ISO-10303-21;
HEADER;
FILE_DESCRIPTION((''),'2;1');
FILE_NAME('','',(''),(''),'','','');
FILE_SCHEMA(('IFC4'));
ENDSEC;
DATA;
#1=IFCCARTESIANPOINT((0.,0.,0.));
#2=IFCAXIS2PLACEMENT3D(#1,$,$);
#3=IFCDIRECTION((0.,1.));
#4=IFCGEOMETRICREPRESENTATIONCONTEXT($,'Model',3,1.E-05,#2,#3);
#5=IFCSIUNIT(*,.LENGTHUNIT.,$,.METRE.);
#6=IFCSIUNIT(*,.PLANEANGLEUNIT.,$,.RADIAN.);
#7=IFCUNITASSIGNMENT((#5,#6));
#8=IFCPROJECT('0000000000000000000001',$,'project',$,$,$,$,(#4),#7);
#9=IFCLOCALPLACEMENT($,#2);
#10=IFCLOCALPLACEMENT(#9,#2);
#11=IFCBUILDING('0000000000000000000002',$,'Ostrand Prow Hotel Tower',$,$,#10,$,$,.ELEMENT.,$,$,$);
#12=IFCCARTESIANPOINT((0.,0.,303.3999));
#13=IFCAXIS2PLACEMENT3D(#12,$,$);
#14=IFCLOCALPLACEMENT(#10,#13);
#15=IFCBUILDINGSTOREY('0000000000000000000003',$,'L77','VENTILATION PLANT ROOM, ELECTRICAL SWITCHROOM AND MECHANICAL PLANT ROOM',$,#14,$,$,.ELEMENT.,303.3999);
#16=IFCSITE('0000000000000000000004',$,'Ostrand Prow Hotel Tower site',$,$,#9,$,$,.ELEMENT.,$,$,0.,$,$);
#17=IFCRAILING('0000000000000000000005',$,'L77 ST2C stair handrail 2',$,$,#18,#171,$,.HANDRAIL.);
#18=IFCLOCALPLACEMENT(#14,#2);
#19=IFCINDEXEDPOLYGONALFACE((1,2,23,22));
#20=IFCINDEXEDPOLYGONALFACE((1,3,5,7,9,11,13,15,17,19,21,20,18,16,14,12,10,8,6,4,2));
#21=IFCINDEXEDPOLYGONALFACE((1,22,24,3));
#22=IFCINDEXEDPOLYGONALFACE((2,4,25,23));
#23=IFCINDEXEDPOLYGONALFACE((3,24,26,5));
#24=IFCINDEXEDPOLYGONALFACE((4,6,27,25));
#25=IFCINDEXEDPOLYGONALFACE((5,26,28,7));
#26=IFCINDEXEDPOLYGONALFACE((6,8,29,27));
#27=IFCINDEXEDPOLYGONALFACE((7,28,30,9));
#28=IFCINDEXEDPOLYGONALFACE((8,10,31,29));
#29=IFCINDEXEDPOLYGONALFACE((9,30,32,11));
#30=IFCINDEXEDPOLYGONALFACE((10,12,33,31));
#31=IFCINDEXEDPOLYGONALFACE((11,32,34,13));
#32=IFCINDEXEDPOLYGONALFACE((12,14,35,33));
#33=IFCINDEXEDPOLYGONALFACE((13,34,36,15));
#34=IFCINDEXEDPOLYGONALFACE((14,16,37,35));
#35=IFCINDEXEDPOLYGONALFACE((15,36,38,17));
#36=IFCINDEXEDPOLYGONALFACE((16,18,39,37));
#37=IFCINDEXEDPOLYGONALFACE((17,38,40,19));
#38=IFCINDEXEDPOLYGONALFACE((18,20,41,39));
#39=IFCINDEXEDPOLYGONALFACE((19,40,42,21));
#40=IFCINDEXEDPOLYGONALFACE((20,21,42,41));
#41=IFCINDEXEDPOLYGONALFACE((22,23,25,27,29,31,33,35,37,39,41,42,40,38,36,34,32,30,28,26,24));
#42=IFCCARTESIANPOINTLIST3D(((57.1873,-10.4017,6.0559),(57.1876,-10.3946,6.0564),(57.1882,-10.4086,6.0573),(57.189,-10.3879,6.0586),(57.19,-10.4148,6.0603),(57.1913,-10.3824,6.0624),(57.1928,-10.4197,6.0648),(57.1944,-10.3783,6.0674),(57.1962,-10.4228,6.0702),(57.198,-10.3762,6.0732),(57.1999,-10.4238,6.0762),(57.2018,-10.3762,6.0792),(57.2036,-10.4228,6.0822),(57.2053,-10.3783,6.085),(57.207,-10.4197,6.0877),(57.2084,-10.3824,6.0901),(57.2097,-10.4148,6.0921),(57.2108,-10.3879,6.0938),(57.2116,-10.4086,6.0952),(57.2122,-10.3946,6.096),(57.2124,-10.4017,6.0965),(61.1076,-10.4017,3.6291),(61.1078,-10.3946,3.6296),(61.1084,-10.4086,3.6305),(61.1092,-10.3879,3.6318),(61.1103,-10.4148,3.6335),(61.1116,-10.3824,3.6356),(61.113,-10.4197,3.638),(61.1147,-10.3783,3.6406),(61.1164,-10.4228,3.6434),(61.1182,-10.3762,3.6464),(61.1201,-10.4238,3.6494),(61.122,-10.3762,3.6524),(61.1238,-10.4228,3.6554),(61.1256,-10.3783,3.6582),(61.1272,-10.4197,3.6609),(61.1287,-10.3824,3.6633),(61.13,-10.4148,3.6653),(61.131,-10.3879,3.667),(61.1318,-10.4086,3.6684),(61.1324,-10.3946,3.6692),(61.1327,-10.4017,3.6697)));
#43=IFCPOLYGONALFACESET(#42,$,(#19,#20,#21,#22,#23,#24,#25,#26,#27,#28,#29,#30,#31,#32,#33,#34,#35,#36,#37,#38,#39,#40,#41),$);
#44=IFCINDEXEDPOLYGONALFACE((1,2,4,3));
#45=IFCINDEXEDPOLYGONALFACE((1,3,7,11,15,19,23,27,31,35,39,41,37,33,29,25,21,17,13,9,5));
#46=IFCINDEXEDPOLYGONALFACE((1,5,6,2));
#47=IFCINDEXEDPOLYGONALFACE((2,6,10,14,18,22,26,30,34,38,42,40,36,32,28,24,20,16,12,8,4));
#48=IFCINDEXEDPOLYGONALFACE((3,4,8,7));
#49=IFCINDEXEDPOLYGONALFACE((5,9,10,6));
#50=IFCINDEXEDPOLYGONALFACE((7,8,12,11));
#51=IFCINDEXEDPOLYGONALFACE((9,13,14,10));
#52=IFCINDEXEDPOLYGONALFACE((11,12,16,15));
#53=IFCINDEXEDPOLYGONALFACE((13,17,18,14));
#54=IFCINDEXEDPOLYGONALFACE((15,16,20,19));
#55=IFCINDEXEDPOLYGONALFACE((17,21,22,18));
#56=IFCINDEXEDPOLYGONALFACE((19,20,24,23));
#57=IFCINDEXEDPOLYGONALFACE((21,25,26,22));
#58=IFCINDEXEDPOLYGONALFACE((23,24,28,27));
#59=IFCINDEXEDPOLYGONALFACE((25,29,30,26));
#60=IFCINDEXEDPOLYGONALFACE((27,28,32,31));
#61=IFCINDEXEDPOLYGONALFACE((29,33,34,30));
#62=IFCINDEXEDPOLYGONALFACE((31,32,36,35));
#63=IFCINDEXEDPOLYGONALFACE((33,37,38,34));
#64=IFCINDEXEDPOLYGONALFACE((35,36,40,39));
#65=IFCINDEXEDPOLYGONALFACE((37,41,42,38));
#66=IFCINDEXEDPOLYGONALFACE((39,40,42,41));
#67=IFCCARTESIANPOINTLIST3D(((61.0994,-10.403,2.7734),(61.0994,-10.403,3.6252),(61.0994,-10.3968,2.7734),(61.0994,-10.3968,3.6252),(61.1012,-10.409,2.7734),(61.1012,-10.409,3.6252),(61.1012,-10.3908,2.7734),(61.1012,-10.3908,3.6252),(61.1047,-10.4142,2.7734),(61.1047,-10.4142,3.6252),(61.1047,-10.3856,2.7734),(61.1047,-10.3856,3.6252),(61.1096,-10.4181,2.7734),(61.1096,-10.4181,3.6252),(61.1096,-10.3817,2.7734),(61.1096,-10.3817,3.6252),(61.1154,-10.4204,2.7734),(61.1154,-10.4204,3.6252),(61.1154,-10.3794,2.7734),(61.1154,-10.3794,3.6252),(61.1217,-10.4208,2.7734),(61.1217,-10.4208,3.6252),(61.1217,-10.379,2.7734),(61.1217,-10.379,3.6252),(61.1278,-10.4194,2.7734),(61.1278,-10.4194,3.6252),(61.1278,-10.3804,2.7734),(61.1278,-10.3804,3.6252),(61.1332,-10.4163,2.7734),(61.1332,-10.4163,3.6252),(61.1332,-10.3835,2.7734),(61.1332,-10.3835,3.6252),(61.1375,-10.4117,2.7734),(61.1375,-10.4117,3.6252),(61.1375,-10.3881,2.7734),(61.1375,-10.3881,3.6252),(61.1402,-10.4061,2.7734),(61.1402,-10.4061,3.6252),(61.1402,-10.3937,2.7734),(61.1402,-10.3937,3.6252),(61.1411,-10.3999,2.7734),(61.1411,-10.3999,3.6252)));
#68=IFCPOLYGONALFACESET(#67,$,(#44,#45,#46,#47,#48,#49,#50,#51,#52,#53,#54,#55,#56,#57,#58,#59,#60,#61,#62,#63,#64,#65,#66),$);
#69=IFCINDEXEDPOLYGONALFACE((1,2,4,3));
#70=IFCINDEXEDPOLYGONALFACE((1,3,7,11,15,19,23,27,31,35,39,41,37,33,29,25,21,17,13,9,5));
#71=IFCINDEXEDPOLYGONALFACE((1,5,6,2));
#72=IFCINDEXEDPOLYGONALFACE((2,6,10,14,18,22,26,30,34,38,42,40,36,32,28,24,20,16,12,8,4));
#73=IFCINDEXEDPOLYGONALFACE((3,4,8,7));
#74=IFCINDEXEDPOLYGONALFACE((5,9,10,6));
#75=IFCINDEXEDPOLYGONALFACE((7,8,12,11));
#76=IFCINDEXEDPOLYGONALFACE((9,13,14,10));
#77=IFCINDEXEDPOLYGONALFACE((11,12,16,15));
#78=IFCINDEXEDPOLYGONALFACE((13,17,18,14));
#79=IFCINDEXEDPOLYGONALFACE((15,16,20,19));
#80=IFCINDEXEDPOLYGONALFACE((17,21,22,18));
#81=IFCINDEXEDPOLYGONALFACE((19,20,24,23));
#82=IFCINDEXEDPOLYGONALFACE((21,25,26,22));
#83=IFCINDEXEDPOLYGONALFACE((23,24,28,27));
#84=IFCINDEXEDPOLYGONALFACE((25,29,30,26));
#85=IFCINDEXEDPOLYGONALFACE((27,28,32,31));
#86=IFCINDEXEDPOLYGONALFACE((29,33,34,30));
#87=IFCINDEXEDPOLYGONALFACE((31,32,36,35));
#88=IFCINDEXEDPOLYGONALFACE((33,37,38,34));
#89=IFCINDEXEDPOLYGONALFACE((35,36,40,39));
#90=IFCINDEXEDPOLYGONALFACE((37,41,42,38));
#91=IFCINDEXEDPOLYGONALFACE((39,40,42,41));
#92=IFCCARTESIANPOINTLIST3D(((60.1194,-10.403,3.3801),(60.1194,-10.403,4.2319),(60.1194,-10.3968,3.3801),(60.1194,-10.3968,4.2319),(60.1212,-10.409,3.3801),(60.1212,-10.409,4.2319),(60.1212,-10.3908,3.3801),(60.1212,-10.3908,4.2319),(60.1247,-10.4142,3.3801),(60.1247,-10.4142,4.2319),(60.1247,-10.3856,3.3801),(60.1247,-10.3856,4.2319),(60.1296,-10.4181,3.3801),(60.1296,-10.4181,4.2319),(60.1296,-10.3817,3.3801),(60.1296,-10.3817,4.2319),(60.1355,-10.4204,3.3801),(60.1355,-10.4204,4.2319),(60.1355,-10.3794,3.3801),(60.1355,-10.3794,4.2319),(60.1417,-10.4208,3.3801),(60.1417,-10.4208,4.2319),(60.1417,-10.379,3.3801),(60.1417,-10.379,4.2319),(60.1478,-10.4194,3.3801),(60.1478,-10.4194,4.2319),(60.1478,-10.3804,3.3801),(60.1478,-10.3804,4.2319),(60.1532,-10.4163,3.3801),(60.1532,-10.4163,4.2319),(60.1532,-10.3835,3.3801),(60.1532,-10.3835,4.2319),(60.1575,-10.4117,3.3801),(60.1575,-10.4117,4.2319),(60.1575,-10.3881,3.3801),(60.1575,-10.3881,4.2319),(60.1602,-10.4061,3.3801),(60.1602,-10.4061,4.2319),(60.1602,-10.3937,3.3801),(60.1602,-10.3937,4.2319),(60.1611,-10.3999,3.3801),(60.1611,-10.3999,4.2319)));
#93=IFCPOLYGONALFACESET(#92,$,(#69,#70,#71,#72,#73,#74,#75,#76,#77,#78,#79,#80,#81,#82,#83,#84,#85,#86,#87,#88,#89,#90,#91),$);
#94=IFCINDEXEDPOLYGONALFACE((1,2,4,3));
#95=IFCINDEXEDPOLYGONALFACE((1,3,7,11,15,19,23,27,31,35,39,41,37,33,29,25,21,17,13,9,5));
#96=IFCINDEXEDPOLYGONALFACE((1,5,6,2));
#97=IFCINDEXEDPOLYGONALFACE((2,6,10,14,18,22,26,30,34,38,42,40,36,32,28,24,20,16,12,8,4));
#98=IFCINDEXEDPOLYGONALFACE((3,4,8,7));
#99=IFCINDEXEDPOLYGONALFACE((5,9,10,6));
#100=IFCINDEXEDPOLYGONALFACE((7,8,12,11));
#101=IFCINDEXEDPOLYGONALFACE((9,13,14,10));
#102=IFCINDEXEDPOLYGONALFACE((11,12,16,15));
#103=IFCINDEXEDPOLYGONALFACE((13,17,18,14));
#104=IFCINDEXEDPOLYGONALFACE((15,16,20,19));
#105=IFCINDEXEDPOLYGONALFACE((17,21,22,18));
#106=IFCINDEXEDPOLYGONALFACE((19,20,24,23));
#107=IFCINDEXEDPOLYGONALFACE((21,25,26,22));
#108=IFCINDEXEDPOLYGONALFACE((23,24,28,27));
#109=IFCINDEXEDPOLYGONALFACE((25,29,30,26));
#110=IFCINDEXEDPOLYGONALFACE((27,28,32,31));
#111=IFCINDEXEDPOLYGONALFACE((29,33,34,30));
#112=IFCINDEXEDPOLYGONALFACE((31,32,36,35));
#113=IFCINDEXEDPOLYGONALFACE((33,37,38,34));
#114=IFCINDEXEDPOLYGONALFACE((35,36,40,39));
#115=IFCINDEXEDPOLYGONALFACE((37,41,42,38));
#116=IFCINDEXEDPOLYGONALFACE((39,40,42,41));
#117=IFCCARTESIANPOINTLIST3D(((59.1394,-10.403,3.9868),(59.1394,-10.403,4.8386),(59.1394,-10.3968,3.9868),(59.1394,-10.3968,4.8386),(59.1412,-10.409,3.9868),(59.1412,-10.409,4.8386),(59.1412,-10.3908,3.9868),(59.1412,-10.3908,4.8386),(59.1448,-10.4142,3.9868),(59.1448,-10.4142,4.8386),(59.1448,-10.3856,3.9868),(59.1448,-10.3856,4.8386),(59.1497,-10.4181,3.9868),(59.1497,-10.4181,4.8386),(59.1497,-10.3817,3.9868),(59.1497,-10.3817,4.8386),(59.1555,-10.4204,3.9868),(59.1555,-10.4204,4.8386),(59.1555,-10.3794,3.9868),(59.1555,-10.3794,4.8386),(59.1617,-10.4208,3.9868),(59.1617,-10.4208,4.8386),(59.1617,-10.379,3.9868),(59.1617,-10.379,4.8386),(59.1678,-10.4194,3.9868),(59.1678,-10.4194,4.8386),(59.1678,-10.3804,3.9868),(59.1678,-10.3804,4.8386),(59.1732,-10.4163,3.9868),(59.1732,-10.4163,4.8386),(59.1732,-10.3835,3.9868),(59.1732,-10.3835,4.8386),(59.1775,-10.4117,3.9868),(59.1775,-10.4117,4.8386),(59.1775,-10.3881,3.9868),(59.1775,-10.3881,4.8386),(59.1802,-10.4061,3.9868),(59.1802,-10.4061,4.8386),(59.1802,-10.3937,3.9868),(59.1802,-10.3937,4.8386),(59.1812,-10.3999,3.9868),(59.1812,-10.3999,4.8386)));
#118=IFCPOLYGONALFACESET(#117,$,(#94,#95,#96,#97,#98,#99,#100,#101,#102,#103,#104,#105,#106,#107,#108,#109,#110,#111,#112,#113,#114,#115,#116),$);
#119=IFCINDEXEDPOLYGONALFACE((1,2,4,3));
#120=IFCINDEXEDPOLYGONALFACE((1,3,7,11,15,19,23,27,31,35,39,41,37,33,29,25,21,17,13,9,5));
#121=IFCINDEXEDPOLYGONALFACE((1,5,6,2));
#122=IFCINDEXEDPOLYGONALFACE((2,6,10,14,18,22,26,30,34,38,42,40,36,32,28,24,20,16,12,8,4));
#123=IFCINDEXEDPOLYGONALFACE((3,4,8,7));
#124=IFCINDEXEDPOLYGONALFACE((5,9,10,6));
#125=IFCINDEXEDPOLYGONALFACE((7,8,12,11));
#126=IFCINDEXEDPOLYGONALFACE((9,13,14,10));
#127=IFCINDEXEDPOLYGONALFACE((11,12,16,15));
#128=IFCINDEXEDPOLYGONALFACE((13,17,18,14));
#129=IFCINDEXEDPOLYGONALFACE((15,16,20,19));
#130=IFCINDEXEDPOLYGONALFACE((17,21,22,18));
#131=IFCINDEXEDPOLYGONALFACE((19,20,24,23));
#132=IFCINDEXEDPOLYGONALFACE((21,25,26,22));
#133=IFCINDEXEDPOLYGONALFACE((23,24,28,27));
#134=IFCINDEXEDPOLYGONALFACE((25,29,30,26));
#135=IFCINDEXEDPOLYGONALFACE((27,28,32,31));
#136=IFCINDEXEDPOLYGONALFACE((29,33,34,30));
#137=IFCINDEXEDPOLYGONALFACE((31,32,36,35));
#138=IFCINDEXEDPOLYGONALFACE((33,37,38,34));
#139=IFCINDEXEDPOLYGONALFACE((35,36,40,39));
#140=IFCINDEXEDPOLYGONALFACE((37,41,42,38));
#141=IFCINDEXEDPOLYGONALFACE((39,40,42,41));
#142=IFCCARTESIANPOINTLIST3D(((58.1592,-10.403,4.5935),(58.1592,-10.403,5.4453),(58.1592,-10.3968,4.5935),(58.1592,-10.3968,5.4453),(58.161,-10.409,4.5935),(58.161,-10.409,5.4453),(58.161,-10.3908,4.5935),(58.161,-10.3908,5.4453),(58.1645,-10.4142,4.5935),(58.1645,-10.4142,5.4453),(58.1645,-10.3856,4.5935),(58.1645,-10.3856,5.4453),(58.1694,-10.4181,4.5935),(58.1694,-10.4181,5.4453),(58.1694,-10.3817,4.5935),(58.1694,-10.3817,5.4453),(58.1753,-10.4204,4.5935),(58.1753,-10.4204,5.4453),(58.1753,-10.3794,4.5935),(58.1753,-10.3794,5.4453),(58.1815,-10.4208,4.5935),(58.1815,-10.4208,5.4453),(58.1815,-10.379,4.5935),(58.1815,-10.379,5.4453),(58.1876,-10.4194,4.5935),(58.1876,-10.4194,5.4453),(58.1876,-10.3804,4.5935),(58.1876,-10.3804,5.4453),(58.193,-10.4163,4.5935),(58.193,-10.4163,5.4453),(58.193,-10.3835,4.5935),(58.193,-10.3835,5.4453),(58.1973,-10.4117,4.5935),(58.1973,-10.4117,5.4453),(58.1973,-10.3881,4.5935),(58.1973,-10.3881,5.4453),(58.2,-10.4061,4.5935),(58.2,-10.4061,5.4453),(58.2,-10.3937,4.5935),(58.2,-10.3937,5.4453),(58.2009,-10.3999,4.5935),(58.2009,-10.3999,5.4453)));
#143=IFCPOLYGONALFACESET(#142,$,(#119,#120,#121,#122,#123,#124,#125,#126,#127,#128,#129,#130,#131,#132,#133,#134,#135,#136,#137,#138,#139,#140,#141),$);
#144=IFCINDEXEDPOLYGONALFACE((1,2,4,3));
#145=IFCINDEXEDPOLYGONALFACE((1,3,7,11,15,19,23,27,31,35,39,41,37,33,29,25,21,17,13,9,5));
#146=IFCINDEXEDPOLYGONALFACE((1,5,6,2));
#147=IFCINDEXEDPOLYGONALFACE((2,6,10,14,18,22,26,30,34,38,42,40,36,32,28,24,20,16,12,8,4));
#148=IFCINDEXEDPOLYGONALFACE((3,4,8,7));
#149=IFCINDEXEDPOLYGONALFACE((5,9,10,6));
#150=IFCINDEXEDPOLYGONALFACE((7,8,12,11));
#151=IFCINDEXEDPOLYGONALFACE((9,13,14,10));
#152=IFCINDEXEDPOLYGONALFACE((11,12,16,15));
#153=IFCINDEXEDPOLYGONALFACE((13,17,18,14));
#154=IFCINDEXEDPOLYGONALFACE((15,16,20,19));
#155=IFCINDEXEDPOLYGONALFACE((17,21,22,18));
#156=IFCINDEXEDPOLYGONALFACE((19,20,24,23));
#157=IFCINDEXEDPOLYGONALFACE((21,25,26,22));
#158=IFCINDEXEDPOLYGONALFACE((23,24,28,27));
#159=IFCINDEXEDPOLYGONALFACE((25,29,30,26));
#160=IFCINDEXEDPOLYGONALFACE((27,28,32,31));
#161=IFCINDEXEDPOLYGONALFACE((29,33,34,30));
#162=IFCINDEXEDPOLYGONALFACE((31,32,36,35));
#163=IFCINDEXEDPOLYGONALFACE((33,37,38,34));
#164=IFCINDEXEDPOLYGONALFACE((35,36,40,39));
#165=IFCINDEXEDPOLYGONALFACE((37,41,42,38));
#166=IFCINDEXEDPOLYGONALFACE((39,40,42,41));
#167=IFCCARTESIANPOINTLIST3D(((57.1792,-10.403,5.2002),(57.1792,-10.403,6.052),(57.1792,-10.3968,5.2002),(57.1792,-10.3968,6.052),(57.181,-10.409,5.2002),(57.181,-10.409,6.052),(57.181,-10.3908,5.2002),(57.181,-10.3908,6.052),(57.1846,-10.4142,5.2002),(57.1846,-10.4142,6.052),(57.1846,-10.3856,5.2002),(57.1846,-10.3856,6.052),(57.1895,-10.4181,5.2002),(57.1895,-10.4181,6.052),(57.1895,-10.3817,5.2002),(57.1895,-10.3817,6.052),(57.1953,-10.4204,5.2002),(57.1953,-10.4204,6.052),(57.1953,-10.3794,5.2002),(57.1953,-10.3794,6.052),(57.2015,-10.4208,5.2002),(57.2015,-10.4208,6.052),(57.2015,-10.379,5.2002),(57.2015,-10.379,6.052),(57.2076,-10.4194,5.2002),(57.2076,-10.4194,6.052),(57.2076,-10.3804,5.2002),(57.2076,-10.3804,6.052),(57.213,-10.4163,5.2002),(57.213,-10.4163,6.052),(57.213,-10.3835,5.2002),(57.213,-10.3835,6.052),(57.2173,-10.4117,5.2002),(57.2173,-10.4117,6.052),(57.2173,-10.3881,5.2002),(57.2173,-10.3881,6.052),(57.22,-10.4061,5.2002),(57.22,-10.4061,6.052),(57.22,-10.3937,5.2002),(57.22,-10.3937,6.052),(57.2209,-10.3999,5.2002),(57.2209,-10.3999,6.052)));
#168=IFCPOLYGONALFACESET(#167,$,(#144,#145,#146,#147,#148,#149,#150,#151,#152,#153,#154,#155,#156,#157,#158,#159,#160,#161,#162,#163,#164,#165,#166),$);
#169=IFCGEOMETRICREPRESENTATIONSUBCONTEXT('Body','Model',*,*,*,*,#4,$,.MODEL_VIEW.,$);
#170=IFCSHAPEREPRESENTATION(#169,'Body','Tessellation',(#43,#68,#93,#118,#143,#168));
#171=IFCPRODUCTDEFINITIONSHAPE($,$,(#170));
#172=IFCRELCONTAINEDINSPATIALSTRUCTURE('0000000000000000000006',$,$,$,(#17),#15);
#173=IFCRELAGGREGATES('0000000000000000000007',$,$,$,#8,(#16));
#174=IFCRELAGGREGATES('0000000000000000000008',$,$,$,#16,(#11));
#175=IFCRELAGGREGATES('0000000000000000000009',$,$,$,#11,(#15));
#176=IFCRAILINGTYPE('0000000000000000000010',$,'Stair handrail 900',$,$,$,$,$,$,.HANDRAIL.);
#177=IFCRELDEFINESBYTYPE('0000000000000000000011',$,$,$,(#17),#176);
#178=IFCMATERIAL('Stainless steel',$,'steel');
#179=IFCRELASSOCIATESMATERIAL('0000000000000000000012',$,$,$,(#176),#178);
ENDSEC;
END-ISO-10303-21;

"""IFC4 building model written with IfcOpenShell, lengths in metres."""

from ifc_helpers import new_model, si_unit, direction, frame, origin, origin_2d, place, context, subcontext, project, spatial, circle, extrude, material, type_object, element, save


model = new_model("IFC4")

# Units and contexts
model_context = context("Model", 3, precision=1e-05, world=origin(), true_north=direction((0.0, 1.0)))
body_context = subcontext(model_context, "Body", "Model", "MODEL_VIEW")
ifc_project = project(units=[si_unit("LENGTHUNIT", "METRE"), si_unit("PLANEANGLEUNIT", "RADIAN")], contexts=[model_context])

# Site, building, storey
site_placement = place(None, origin())
site = spatial("IfcSite", under=ifc_project, at=site_placement, Name="Ostrand Prow Hotel Tower site", CompositionType="ELEMENT", RefElevation=0.0)
building_placement = place(site_placement, origin())
building = spatial("IfcBuilding", under=site, at=building_placement, Name="Ostrand Prow Hotel Tower", CompositionType="ELEMENT")
storey_placement = place(building_placement, frame((0.0, 0.0, 303.3999)))
storey = spatial("IfcBuildingStorey", under=building, at=storey_placement, Name="L77", Description="VENTILATION PLANT ROOM, ELECTRICAL SWITCHROOM AND MECHANICAL PLANT ROOM", CompositionType="ELEMENT", Elevation=303.3999)

# Railing
ifc_material_1 = material(Name="Stainless steel", Category="steel")
railing_type_1 = type_object("IfcRailingType", Name="Stair handrail 900", PredefinedType="HANDRAIL", material=ifc_material_1)
railing_1_placement = place(storey_placement, frame((61.1201, -10.3999, 2.7734)))
element("IfcRailing", 1, at=railing_1_placement, inside=storey, type_object=railing_type_1, Name="L77 ST2C stair handrail 2", PredefinedType="HANDRAIL", context=body_context, shape_type="SweptSolid", body=[
    extrude(circle(Radius=0.0239, at=origin_2d()), frame((0.0, 0.0, 0.876), z_axis=(-0.850266, 0.0, 0.526353), x_axis=(0.0, -1.0, 0.0)), (0.0, 0.0, 1.0), 4.6106),
    extrude(circle(Radius=0.021, at=origin_2d()), origin(), (0.0, 0.0, 1.0), 0.8518),
    extrude(circle(Radius=0.021, at=origin_2d()), frame((-0.98, 0.0, 0.6067)), (0.0, 0.0, 1.0), 0.8518),
    extrude(circle(Radius=0.021, at=origin_2d()), frame((-1.96, 0.0, 1.2134)), (0.0, 0.0, 1.0), 0.8518),
    extrude(circle(Radius=0.021, at=origin_2d()), frame((-2.9402, 0.0, 1.8201)), (0.0, 0.0, 1.0), 0.8518),
    extrude(circle(Radius=0.021, at=origin_2d()), frame((-3.9202, 0.0, 2.4268)), (0.0, 0.0, 1.0), 0.8518),
])

save(model, "model.ifc")
